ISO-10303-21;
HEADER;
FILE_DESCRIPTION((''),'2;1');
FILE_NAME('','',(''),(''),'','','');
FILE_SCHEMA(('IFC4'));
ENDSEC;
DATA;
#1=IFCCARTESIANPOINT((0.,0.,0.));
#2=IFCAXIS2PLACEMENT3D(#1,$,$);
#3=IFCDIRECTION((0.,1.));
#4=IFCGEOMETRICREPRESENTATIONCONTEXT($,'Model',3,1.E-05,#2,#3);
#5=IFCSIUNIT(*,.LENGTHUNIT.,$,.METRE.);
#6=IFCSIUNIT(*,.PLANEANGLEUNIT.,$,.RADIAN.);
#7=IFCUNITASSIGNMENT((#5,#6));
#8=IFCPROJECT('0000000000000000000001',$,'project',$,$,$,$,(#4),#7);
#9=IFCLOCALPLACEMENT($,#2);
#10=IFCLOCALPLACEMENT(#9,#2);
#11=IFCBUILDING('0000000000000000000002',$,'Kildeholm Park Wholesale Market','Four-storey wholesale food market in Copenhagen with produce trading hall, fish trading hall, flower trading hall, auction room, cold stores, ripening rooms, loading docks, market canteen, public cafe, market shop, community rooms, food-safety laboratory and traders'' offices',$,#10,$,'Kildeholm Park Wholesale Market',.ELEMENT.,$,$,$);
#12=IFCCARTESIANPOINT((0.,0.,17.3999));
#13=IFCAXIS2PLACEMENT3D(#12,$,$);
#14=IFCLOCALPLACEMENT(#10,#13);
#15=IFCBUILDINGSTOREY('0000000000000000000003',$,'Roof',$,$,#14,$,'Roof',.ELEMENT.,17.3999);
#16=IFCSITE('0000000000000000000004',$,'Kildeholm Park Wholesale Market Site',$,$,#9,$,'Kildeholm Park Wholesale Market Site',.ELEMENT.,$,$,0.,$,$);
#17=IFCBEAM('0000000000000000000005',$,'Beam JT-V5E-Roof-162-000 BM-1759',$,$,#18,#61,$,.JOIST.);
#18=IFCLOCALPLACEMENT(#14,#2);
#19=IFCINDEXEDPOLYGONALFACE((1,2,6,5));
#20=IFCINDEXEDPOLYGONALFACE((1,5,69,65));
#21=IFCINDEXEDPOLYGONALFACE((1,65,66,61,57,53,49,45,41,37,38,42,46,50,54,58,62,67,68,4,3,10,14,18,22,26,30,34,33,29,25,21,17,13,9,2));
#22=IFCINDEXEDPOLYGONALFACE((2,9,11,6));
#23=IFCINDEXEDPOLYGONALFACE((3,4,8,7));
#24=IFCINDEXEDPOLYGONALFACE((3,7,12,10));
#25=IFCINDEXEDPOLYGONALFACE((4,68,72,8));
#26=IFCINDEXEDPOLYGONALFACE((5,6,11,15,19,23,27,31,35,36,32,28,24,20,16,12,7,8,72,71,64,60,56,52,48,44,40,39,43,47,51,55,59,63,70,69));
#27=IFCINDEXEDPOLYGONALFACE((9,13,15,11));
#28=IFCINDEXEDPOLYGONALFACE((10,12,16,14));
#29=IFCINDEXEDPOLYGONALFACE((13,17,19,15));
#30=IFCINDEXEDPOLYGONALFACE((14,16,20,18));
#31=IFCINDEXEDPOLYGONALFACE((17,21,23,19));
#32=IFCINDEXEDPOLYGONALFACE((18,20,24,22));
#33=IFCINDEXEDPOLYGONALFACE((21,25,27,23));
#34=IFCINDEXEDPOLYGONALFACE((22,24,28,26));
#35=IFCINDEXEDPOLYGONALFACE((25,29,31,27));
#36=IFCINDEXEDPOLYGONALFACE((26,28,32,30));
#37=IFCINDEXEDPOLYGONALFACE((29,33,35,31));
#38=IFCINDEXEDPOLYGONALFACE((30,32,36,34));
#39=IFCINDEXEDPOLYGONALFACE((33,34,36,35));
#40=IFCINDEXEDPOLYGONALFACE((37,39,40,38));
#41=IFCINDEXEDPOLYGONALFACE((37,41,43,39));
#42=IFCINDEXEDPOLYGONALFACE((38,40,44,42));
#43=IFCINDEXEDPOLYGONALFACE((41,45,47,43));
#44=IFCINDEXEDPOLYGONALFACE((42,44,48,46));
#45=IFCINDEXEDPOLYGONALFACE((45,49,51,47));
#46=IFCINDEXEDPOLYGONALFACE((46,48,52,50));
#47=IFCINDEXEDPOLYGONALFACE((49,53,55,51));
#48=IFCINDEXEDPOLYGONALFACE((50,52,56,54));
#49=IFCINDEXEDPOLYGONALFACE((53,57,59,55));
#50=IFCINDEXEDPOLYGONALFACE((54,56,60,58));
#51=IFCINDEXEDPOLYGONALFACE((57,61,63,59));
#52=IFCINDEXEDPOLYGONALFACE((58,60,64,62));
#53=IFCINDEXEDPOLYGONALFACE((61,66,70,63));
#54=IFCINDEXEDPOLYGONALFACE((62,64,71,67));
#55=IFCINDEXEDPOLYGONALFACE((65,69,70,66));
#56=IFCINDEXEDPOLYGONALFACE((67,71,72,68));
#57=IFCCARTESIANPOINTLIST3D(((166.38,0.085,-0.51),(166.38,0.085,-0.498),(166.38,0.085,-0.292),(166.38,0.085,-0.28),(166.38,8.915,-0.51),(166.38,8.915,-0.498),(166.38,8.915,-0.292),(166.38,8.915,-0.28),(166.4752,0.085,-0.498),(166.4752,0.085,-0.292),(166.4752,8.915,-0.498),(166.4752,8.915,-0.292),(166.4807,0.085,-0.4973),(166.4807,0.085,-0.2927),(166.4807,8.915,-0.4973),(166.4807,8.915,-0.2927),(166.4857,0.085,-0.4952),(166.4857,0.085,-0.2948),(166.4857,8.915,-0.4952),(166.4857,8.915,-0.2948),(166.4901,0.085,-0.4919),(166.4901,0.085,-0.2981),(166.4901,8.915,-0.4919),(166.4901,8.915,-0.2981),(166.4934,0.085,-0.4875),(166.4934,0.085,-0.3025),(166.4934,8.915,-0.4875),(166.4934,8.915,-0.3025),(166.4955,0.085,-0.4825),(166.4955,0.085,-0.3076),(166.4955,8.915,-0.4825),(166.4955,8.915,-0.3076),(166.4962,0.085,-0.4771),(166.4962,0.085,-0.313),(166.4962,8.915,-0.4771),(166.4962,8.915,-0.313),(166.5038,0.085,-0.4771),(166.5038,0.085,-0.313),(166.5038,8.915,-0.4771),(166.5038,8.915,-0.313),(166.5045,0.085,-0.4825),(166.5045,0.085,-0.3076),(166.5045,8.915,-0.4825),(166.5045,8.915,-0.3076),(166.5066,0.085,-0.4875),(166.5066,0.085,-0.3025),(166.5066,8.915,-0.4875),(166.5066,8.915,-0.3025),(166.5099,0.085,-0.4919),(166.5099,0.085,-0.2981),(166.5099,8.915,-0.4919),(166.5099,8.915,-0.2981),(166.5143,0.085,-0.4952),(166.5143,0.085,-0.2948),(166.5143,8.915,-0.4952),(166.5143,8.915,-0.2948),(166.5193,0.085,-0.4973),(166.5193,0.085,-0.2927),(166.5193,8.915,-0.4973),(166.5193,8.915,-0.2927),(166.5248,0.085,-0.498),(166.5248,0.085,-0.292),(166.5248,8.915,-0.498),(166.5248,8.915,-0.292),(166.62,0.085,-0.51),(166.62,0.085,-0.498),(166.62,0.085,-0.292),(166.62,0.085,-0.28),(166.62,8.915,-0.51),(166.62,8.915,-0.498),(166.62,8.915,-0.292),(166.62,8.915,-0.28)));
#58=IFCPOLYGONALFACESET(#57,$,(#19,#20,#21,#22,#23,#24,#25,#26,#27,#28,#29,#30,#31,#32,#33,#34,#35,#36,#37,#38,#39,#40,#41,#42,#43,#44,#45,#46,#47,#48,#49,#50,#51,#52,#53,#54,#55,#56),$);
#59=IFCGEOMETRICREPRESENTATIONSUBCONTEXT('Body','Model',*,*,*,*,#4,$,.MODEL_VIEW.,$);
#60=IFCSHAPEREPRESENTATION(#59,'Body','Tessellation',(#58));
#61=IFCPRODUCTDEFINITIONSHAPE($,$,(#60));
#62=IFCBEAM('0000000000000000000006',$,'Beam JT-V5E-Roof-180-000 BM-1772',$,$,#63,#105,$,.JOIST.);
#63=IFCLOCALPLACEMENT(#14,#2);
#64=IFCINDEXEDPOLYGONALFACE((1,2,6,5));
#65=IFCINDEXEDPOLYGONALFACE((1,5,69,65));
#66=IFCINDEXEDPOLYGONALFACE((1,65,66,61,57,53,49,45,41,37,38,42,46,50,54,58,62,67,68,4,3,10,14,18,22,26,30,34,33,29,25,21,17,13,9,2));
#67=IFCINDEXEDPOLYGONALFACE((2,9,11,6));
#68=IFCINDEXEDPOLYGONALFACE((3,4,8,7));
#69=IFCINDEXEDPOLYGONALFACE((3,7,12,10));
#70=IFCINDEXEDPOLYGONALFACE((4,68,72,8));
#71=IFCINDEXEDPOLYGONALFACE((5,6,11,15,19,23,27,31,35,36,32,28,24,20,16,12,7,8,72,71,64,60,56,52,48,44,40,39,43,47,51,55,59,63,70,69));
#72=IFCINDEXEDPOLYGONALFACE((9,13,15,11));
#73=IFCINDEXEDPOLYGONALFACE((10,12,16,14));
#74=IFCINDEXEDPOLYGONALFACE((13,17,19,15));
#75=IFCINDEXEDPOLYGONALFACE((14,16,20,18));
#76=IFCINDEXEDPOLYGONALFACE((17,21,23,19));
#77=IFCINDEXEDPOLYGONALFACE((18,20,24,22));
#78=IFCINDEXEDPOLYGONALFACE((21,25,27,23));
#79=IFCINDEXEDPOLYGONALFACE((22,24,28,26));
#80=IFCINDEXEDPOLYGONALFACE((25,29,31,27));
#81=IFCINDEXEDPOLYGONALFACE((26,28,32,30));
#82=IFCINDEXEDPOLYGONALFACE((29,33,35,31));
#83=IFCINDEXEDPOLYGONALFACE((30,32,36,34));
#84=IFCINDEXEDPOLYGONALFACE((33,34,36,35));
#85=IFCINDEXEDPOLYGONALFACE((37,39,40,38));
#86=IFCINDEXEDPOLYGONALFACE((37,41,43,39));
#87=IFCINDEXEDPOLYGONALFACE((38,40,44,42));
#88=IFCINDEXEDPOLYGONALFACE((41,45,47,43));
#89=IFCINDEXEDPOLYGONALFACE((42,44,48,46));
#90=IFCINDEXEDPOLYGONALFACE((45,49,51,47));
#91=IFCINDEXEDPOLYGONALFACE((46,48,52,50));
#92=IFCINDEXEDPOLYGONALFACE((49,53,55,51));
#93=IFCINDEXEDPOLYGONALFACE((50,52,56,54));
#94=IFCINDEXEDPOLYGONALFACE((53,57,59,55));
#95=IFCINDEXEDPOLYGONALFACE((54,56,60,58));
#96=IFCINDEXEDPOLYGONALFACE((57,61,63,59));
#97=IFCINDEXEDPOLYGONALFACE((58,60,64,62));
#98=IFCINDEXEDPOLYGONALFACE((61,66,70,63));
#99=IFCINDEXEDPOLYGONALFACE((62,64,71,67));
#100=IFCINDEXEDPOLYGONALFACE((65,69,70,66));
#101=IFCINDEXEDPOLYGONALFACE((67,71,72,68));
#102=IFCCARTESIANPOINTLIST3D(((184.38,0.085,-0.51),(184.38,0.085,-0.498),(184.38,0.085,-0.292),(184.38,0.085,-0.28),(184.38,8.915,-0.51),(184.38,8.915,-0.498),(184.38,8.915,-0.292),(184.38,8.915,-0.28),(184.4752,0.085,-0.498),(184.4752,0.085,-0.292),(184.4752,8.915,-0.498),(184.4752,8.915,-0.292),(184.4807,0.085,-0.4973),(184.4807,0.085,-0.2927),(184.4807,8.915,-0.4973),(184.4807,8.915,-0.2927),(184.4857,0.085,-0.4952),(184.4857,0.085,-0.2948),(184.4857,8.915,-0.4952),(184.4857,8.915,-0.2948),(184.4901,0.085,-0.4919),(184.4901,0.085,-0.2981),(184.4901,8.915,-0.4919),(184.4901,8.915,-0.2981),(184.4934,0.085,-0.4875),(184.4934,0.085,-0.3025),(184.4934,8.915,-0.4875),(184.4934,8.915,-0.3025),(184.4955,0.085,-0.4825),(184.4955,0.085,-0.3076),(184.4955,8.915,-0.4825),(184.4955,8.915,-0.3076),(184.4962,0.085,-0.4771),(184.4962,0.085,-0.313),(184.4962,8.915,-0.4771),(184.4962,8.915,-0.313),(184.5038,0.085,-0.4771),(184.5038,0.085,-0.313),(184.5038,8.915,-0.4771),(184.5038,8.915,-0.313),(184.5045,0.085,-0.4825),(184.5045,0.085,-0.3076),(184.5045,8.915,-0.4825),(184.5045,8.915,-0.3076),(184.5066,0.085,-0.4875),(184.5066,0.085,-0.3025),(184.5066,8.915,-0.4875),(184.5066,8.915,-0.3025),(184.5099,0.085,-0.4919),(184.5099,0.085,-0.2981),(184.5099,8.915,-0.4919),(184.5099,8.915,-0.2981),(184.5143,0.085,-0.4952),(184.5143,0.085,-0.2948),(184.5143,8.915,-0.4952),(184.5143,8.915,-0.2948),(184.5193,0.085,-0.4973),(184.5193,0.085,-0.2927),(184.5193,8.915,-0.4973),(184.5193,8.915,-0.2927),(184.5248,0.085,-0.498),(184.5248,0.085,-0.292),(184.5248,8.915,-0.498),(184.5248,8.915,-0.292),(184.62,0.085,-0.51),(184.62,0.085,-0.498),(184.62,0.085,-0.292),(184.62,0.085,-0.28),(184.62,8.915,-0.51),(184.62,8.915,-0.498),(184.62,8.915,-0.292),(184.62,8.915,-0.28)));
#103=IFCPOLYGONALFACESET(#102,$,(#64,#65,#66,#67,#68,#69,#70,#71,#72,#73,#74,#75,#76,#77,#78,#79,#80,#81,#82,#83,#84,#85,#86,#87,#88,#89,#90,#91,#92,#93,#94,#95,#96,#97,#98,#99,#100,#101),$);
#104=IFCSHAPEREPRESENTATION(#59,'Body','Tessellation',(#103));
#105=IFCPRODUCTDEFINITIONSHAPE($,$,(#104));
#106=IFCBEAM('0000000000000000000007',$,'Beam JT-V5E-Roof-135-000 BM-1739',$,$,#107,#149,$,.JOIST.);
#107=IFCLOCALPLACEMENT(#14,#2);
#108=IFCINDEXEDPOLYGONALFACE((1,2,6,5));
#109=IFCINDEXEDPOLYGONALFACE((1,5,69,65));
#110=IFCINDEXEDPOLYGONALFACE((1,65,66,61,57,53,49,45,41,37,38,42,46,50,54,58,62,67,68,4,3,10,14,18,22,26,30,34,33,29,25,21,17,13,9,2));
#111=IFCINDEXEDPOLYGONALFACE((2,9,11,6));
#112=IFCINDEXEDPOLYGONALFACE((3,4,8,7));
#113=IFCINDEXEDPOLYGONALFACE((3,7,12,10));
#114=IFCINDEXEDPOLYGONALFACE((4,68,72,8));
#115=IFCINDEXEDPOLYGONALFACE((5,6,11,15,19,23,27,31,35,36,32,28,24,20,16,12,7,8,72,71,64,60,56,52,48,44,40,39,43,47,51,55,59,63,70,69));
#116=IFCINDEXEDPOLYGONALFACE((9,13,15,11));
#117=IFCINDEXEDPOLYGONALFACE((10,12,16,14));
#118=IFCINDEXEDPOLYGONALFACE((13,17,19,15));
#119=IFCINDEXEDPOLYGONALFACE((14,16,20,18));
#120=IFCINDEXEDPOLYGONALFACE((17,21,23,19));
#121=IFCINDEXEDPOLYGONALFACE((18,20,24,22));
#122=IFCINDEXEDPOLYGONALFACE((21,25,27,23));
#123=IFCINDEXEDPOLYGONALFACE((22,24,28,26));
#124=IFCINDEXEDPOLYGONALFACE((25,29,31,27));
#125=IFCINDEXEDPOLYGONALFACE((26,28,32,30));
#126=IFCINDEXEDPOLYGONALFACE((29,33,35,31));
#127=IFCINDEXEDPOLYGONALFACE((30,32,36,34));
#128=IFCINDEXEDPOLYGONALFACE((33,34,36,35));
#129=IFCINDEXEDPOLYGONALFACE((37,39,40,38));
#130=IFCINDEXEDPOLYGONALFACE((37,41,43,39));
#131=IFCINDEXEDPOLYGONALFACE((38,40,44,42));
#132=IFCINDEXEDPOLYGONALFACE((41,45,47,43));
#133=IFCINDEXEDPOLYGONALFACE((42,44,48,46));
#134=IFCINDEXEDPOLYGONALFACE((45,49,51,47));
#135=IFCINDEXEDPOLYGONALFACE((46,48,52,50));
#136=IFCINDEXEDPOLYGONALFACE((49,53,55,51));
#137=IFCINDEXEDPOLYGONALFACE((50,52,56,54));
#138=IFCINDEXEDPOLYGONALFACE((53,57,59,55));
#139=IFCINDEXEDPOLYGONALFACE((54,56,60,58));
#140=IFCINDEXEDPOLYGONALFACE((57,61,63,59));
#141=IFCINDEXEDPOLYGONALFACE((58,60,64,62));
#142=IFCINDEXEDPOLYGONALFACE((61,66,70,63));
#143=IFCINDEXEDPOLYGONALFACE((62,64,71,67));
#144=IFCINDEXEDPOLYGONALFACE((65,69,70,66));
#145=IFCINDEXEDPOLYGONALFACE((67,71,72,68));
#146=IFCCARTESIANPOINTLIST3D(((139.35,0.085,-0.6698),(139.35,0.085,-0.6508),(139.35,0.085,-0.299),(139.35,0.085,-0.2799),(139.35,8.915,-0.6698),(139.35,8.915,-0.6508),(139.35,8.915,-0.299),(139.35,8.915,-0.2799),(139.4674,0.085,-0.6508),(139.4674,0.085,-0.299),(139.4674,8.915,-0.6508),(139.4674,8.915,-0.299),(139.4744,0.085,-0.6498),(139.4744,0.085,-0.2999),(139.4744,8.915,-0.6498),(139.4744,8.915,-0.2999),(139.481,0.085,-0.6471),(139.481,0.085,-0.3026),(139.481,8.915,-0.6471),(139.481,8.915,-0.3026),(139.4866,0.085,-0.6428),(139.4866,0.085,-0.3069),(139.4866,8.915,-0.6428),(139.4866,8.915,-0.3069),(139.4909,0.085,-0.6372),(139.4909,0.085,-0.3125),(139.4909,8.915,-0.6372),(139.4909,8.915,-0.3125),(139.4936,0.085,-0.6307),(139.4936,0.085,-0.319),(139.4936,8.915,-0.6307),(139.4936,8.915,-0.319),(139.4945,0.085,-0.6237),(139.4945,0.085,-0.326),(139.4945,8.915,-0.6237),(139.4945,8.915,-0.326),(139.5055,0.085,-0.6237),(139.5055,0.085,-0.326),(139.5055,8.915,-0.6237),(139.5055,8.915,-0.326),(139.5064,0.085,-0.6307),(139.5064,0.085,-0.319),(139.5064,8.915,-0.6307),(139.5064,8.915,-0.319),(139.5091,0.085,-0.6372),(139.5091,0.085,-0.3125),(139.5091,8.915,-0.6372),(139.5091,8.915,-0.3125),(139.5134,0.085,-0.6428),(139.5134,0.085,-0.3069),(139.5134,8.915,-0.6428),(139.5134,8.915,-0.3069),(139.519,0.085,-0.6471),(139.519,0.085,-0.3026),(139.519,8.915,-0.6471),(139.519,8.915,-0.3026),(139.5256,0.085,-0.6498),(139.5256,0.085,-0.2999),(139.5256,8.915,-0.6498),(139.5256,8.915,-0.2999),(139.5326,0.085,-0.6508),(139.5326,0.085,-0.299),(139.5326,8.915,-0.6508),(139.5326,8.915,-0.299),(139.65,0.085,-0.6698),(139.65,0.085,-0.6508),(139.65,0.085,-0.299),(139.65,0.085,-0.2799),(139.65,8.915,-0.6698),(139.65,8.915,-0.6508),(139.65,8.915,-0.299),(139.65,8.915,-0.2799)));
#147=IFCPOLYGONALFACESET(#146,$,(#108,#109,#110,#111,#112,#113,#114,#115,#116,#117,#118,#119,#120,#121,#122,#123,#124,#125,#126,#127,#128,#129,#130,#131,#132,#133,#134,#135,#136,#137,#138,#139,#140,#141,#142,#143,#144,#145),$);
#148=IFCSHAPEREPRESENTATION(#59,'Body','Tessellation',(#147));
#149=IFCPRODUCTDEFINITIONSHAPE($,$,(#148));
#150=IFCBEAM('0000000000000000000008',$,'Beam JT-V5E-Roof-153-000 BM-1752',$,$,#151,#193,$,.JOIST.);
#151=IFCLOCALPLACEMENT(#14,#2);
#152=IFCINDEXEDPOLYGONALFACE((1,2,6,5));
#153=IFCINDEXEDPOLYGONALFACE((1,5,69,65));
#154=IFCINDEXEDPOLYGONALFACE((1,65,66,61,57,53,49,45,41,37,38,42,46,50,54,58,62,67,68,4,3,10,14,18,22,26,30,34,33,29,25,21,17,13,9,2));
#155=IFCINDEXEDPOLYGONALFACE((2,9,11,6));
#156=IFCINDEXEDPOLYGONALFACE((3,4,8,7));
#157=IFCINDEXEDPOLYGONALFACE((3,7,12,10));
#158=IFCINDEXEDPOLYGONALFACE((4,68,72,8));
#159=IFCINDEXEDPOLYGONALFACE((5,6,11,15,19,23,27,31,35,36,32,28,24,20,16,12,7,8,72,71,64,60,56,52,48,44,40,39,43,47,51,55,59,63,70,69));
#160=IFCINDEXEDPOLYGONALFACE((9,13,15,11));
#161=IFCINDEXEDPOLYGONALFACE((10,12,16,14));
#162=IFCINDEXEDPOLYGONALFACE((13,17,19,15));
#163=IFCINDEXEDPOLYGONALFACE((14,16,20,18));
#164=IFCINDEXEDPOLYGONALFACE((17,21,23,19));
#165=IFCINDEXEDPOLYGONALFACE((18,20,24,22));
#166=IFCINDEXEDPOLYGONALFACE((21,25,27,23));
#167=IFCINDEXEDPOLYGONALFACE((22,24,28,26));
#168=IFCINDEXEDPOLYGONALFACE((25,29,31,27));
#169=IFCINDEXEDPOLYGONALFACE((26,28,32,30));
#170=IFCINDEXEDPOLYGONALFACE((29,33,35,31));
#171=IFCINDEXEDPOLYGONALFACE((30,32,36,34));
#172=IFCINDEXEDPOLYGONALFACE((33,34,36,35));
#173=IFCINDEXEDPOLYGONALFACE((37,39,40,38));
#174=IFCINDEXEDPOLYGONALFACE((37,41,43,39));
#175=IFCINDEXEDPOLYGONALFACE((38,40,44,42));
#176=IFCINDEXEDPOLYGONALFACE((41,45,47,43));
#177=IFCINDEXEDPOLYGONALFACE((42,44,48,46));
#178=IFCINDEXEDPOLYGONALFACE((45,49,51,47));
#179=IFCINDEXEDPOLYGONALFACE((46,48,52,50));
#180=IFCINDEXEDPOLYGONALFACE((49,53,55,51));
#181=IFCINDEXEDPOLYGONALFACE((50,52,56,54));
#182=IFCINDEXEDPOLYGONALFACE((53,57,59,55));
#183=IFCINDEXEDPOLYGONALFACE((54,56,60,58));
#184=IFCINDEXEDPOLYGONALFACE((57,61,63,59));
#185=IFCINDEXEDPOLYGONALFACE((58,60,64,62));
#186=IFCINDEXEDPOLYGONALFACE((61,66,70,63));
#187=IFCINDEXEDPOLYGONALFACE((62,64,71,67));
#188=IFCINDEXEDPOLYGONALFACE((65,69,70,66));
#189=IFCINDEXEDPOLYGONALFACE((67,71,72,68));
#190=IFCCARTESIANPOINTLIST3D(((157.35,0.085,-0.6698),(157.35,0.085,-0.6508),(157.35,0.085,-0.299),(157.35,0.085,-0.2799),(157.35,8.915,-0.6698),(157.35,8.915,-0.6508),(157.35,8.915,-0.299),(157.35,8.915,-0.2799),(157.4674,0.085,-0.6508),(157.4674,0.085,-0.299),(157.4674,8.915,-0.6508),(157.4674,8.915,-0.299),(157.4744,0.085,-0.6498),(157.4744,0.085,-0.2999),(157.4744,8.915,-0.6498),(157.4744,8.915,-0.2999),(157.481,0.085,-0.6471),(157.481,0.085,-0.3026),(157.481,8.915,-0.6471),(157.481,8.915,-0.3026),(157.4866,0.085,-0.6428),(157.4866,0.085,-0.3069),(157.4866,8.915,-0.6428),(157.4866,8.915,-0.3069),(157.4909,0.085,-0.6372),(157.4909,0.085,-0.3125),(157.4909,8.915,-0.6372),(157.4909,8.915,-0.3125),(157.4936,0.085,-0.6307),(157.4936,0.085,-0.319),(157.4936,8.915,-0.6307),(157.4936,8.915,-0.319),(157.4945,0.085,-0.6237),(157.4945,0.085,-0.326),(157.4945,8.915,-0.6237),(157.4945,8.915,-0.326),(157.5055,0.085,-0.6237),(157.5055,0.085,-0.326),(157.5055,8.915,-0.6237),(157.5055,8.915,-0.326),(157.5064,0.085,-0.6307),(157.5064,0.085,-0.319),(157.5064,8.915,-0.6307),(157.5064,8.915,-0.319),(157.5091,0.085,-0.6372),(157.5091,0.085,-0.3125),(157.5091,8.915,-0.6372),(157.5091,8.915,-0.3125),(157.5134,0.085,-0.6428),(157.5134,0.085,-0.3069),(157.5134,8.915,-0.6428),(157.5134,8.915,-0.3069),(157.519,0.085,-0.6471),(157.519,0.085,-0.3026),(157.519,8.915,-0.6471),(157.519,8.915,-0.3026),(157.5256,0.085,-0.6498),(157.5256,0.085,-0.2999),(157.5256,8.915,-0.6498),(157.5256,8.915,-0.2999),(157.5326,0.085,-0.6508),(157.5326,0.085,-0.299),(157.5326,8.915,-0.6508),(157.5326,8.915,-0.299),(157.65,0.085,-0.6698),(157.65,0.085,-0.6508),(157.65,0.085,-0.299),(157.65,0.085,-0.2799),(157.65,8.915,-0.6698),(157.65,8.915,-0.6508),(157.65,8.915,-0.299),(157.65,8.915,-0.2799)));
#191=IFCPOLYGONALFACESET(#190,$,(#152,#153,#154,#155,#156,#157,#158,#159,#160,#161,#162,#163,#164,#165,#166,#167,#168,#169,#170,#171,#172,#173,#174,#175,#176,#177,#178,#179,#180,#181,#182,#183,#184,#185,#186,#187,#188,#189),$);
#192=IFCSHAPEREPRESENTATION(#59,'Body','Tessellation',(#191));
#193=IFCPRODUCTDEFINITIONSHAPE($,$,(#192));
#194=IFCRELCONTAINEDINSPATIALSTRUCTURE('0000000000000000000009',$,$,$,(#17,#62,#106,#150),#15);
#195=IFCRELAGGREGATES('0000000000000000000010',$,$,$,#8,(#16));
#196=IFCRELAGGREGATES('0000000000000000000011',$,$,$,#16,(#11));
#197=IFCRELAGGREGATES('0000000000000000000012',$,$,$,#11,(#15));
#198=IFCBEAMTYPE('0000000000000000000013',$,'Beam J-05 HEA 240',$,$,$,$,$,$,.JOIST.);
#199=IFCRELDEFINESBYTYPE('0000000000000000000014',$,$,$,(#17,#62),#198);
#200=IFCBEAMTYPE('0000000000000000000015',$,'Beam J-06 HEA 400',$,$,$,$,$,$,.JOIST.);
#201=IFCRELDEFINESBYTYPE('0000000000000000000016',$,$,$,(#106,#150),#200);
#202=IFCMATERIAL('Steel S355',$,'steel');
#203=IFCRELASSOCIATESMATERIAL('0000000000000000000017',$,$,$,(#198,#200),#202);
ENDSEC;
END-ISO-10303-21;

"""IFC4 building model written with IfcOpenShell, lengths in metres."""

from ifc_helpers import new_model, si_unit, direction, frame, origin, origin_2d, place, context, subcontext, project, spatial, i_section, extrude, material, material_profile, profile_set, type_object, element, save


model = new_model("IFC4")

# Units and contexts
model_context = context("Model", 3, precision=1e-05, world=origin(), true_north=direction((0.0, 1.0)))
body_context = subcontext(model_context, "Body", "Model", "MODEL_VIEW")
ifc_project = project(units=[si_unit("LENGTHUNIT", "METRE"), si_unit("PLANEANGLEUNIT", "RADIAN")], contexts=[model_context])

# Site, building, storey
site_placement = place(None, origin())
site = spatial("IfcSite", under=ifc_project, at=site_placement, Name="Kildeholm Park Wholesale Market Site", LongName="Kildeholm Park Wholesale Market Site", CompositionType="ELEMENT", RefElevation=0.0)
building_placement = place(site_placement, origin())
building = spatial("IfcBuilding", under=site, at=building_placement, Name="Kildeholm Park Wholesale Market", Description="Four-storey wholesale food market in Copenhagen with produce trading hall, fish trading hall, flower trading hall, auction room, cold stores, ripening rooms, loading docks, market canteen, public cafe, market shop, community rooms, food-safety laboratory and traders' offices", LongName="Kildeholm Park Wholesale Market", CompositionType="ELEMENT")
storey_placement = place(building_placement, frame((0.0, 0.0, 17.3999)))
storey = spatial("IfcBuildingStorey", under=building, at=storey_placement, Name="Roof", LongName="Roof", CompositionType="ELEMENT", Elevation=17.3999)

# Beams
ifc_material = material(Name="Steel S355", Category="steel")
ifc_material_profile_1 = material_profile(ifc_material, i_section(OverallWidth=0.24, OverallDepth=0.23, WebThickness=0.0076, FlangeThickness=0.012, FilletRadius=0.021, at=origin_2d()), Name="HEA 240")
ifc_profile_set_1 = profile_set([ifc_material_profile_1], Name="Steel S355")
beam_type_1 = type_object("IfcBeamType", Name="Beam J-05 HEA 240", PredefinedType="JOIST", material=ifc_profile_set_1)
for number, where, z_axis, x_axis, name in (
    (1, (166.5, 0.085, -0.395), (0.0, 1.0, 0.0), (-1.0, 0.0, 0.0), "Beam JT-V5E-Roof-162-000 BM-1759"),
    (2, (184.5, 0.085, -0.395), (0.0, 1.0, 0.0), (-1.0, 0.0, 0.0), "Beam JT-V5E-Roof-180-000 BM-1772"),
):
    element("IfcBeam", number, at=place(storey_placement, frame(where, z_axis=z_axis, x_axis=x_axis)), inside=storey, type_object=beam_type_1, Name=name, PredefinedType="JOIST", context=body_context, shape_type="SweptSolid", body=[
        extrude(i_section(OverallWidth=0.24, OverallDepth=0.23, WebThickness=0.0076, FlangeThickness=0.012, FilletRadius=0.021, at=origin_2d()), origin(), (0.0, 0.0, 1.0), 8.8301),
    ])
ifc_material_profile_2 = material_profile(ifc_material, i_section(OverallWidth=0.3, OverallDepth=0.3899, WebThickness=0.011, FlangeThickness=0.019, FilletRadius=0.0271, at=origin_2d()), Name="HEA 400")
ifc_profile_set_2 = profile_set([ifc_material_profile_2], Name="Steel S355")
beam_type_2 = type_object("IfcBeamType", Name="Beam J-06 HEA 400", PredefinedType="JOIST", material=ifc_profile_set_2)
for number, where, z_axis, x_axis, name in (
    (3, (139.5, 0.085, -0.4749), (0.0, 1.0, 0.0), (-1.0, 0.0, 0.0), "Beam JT-V5E-Roof-135-000 BM-1739"),
    (4, (157.5, 0.085, -0.4749), (0.0, 1.0, 0.0), (-1.0, 0.0, 0.0), "Beam JT-V5E-Roof-153-000 BM-1752"),
):
    element("IfcBeam", number, at=place(storey_placement, frame(where, z_axis=z_axis, x_axis=x_axis)), inside=storey, type_object=beam_type_2, Name=name, PredefinedType="JOIST", context=body_context, shape_type="SweptSolid", body=[
        extrude(i_section(OverallWidth=0.3, OverallDepth=0.3899, WebThickness=0.011, FlangeThickness=0.019, FilletRadius=0.0271, at=origin_2d()), origin(), (0.0, 0.0, 1.0), 8.8301),
    ])

save(model, "model.ifc")
